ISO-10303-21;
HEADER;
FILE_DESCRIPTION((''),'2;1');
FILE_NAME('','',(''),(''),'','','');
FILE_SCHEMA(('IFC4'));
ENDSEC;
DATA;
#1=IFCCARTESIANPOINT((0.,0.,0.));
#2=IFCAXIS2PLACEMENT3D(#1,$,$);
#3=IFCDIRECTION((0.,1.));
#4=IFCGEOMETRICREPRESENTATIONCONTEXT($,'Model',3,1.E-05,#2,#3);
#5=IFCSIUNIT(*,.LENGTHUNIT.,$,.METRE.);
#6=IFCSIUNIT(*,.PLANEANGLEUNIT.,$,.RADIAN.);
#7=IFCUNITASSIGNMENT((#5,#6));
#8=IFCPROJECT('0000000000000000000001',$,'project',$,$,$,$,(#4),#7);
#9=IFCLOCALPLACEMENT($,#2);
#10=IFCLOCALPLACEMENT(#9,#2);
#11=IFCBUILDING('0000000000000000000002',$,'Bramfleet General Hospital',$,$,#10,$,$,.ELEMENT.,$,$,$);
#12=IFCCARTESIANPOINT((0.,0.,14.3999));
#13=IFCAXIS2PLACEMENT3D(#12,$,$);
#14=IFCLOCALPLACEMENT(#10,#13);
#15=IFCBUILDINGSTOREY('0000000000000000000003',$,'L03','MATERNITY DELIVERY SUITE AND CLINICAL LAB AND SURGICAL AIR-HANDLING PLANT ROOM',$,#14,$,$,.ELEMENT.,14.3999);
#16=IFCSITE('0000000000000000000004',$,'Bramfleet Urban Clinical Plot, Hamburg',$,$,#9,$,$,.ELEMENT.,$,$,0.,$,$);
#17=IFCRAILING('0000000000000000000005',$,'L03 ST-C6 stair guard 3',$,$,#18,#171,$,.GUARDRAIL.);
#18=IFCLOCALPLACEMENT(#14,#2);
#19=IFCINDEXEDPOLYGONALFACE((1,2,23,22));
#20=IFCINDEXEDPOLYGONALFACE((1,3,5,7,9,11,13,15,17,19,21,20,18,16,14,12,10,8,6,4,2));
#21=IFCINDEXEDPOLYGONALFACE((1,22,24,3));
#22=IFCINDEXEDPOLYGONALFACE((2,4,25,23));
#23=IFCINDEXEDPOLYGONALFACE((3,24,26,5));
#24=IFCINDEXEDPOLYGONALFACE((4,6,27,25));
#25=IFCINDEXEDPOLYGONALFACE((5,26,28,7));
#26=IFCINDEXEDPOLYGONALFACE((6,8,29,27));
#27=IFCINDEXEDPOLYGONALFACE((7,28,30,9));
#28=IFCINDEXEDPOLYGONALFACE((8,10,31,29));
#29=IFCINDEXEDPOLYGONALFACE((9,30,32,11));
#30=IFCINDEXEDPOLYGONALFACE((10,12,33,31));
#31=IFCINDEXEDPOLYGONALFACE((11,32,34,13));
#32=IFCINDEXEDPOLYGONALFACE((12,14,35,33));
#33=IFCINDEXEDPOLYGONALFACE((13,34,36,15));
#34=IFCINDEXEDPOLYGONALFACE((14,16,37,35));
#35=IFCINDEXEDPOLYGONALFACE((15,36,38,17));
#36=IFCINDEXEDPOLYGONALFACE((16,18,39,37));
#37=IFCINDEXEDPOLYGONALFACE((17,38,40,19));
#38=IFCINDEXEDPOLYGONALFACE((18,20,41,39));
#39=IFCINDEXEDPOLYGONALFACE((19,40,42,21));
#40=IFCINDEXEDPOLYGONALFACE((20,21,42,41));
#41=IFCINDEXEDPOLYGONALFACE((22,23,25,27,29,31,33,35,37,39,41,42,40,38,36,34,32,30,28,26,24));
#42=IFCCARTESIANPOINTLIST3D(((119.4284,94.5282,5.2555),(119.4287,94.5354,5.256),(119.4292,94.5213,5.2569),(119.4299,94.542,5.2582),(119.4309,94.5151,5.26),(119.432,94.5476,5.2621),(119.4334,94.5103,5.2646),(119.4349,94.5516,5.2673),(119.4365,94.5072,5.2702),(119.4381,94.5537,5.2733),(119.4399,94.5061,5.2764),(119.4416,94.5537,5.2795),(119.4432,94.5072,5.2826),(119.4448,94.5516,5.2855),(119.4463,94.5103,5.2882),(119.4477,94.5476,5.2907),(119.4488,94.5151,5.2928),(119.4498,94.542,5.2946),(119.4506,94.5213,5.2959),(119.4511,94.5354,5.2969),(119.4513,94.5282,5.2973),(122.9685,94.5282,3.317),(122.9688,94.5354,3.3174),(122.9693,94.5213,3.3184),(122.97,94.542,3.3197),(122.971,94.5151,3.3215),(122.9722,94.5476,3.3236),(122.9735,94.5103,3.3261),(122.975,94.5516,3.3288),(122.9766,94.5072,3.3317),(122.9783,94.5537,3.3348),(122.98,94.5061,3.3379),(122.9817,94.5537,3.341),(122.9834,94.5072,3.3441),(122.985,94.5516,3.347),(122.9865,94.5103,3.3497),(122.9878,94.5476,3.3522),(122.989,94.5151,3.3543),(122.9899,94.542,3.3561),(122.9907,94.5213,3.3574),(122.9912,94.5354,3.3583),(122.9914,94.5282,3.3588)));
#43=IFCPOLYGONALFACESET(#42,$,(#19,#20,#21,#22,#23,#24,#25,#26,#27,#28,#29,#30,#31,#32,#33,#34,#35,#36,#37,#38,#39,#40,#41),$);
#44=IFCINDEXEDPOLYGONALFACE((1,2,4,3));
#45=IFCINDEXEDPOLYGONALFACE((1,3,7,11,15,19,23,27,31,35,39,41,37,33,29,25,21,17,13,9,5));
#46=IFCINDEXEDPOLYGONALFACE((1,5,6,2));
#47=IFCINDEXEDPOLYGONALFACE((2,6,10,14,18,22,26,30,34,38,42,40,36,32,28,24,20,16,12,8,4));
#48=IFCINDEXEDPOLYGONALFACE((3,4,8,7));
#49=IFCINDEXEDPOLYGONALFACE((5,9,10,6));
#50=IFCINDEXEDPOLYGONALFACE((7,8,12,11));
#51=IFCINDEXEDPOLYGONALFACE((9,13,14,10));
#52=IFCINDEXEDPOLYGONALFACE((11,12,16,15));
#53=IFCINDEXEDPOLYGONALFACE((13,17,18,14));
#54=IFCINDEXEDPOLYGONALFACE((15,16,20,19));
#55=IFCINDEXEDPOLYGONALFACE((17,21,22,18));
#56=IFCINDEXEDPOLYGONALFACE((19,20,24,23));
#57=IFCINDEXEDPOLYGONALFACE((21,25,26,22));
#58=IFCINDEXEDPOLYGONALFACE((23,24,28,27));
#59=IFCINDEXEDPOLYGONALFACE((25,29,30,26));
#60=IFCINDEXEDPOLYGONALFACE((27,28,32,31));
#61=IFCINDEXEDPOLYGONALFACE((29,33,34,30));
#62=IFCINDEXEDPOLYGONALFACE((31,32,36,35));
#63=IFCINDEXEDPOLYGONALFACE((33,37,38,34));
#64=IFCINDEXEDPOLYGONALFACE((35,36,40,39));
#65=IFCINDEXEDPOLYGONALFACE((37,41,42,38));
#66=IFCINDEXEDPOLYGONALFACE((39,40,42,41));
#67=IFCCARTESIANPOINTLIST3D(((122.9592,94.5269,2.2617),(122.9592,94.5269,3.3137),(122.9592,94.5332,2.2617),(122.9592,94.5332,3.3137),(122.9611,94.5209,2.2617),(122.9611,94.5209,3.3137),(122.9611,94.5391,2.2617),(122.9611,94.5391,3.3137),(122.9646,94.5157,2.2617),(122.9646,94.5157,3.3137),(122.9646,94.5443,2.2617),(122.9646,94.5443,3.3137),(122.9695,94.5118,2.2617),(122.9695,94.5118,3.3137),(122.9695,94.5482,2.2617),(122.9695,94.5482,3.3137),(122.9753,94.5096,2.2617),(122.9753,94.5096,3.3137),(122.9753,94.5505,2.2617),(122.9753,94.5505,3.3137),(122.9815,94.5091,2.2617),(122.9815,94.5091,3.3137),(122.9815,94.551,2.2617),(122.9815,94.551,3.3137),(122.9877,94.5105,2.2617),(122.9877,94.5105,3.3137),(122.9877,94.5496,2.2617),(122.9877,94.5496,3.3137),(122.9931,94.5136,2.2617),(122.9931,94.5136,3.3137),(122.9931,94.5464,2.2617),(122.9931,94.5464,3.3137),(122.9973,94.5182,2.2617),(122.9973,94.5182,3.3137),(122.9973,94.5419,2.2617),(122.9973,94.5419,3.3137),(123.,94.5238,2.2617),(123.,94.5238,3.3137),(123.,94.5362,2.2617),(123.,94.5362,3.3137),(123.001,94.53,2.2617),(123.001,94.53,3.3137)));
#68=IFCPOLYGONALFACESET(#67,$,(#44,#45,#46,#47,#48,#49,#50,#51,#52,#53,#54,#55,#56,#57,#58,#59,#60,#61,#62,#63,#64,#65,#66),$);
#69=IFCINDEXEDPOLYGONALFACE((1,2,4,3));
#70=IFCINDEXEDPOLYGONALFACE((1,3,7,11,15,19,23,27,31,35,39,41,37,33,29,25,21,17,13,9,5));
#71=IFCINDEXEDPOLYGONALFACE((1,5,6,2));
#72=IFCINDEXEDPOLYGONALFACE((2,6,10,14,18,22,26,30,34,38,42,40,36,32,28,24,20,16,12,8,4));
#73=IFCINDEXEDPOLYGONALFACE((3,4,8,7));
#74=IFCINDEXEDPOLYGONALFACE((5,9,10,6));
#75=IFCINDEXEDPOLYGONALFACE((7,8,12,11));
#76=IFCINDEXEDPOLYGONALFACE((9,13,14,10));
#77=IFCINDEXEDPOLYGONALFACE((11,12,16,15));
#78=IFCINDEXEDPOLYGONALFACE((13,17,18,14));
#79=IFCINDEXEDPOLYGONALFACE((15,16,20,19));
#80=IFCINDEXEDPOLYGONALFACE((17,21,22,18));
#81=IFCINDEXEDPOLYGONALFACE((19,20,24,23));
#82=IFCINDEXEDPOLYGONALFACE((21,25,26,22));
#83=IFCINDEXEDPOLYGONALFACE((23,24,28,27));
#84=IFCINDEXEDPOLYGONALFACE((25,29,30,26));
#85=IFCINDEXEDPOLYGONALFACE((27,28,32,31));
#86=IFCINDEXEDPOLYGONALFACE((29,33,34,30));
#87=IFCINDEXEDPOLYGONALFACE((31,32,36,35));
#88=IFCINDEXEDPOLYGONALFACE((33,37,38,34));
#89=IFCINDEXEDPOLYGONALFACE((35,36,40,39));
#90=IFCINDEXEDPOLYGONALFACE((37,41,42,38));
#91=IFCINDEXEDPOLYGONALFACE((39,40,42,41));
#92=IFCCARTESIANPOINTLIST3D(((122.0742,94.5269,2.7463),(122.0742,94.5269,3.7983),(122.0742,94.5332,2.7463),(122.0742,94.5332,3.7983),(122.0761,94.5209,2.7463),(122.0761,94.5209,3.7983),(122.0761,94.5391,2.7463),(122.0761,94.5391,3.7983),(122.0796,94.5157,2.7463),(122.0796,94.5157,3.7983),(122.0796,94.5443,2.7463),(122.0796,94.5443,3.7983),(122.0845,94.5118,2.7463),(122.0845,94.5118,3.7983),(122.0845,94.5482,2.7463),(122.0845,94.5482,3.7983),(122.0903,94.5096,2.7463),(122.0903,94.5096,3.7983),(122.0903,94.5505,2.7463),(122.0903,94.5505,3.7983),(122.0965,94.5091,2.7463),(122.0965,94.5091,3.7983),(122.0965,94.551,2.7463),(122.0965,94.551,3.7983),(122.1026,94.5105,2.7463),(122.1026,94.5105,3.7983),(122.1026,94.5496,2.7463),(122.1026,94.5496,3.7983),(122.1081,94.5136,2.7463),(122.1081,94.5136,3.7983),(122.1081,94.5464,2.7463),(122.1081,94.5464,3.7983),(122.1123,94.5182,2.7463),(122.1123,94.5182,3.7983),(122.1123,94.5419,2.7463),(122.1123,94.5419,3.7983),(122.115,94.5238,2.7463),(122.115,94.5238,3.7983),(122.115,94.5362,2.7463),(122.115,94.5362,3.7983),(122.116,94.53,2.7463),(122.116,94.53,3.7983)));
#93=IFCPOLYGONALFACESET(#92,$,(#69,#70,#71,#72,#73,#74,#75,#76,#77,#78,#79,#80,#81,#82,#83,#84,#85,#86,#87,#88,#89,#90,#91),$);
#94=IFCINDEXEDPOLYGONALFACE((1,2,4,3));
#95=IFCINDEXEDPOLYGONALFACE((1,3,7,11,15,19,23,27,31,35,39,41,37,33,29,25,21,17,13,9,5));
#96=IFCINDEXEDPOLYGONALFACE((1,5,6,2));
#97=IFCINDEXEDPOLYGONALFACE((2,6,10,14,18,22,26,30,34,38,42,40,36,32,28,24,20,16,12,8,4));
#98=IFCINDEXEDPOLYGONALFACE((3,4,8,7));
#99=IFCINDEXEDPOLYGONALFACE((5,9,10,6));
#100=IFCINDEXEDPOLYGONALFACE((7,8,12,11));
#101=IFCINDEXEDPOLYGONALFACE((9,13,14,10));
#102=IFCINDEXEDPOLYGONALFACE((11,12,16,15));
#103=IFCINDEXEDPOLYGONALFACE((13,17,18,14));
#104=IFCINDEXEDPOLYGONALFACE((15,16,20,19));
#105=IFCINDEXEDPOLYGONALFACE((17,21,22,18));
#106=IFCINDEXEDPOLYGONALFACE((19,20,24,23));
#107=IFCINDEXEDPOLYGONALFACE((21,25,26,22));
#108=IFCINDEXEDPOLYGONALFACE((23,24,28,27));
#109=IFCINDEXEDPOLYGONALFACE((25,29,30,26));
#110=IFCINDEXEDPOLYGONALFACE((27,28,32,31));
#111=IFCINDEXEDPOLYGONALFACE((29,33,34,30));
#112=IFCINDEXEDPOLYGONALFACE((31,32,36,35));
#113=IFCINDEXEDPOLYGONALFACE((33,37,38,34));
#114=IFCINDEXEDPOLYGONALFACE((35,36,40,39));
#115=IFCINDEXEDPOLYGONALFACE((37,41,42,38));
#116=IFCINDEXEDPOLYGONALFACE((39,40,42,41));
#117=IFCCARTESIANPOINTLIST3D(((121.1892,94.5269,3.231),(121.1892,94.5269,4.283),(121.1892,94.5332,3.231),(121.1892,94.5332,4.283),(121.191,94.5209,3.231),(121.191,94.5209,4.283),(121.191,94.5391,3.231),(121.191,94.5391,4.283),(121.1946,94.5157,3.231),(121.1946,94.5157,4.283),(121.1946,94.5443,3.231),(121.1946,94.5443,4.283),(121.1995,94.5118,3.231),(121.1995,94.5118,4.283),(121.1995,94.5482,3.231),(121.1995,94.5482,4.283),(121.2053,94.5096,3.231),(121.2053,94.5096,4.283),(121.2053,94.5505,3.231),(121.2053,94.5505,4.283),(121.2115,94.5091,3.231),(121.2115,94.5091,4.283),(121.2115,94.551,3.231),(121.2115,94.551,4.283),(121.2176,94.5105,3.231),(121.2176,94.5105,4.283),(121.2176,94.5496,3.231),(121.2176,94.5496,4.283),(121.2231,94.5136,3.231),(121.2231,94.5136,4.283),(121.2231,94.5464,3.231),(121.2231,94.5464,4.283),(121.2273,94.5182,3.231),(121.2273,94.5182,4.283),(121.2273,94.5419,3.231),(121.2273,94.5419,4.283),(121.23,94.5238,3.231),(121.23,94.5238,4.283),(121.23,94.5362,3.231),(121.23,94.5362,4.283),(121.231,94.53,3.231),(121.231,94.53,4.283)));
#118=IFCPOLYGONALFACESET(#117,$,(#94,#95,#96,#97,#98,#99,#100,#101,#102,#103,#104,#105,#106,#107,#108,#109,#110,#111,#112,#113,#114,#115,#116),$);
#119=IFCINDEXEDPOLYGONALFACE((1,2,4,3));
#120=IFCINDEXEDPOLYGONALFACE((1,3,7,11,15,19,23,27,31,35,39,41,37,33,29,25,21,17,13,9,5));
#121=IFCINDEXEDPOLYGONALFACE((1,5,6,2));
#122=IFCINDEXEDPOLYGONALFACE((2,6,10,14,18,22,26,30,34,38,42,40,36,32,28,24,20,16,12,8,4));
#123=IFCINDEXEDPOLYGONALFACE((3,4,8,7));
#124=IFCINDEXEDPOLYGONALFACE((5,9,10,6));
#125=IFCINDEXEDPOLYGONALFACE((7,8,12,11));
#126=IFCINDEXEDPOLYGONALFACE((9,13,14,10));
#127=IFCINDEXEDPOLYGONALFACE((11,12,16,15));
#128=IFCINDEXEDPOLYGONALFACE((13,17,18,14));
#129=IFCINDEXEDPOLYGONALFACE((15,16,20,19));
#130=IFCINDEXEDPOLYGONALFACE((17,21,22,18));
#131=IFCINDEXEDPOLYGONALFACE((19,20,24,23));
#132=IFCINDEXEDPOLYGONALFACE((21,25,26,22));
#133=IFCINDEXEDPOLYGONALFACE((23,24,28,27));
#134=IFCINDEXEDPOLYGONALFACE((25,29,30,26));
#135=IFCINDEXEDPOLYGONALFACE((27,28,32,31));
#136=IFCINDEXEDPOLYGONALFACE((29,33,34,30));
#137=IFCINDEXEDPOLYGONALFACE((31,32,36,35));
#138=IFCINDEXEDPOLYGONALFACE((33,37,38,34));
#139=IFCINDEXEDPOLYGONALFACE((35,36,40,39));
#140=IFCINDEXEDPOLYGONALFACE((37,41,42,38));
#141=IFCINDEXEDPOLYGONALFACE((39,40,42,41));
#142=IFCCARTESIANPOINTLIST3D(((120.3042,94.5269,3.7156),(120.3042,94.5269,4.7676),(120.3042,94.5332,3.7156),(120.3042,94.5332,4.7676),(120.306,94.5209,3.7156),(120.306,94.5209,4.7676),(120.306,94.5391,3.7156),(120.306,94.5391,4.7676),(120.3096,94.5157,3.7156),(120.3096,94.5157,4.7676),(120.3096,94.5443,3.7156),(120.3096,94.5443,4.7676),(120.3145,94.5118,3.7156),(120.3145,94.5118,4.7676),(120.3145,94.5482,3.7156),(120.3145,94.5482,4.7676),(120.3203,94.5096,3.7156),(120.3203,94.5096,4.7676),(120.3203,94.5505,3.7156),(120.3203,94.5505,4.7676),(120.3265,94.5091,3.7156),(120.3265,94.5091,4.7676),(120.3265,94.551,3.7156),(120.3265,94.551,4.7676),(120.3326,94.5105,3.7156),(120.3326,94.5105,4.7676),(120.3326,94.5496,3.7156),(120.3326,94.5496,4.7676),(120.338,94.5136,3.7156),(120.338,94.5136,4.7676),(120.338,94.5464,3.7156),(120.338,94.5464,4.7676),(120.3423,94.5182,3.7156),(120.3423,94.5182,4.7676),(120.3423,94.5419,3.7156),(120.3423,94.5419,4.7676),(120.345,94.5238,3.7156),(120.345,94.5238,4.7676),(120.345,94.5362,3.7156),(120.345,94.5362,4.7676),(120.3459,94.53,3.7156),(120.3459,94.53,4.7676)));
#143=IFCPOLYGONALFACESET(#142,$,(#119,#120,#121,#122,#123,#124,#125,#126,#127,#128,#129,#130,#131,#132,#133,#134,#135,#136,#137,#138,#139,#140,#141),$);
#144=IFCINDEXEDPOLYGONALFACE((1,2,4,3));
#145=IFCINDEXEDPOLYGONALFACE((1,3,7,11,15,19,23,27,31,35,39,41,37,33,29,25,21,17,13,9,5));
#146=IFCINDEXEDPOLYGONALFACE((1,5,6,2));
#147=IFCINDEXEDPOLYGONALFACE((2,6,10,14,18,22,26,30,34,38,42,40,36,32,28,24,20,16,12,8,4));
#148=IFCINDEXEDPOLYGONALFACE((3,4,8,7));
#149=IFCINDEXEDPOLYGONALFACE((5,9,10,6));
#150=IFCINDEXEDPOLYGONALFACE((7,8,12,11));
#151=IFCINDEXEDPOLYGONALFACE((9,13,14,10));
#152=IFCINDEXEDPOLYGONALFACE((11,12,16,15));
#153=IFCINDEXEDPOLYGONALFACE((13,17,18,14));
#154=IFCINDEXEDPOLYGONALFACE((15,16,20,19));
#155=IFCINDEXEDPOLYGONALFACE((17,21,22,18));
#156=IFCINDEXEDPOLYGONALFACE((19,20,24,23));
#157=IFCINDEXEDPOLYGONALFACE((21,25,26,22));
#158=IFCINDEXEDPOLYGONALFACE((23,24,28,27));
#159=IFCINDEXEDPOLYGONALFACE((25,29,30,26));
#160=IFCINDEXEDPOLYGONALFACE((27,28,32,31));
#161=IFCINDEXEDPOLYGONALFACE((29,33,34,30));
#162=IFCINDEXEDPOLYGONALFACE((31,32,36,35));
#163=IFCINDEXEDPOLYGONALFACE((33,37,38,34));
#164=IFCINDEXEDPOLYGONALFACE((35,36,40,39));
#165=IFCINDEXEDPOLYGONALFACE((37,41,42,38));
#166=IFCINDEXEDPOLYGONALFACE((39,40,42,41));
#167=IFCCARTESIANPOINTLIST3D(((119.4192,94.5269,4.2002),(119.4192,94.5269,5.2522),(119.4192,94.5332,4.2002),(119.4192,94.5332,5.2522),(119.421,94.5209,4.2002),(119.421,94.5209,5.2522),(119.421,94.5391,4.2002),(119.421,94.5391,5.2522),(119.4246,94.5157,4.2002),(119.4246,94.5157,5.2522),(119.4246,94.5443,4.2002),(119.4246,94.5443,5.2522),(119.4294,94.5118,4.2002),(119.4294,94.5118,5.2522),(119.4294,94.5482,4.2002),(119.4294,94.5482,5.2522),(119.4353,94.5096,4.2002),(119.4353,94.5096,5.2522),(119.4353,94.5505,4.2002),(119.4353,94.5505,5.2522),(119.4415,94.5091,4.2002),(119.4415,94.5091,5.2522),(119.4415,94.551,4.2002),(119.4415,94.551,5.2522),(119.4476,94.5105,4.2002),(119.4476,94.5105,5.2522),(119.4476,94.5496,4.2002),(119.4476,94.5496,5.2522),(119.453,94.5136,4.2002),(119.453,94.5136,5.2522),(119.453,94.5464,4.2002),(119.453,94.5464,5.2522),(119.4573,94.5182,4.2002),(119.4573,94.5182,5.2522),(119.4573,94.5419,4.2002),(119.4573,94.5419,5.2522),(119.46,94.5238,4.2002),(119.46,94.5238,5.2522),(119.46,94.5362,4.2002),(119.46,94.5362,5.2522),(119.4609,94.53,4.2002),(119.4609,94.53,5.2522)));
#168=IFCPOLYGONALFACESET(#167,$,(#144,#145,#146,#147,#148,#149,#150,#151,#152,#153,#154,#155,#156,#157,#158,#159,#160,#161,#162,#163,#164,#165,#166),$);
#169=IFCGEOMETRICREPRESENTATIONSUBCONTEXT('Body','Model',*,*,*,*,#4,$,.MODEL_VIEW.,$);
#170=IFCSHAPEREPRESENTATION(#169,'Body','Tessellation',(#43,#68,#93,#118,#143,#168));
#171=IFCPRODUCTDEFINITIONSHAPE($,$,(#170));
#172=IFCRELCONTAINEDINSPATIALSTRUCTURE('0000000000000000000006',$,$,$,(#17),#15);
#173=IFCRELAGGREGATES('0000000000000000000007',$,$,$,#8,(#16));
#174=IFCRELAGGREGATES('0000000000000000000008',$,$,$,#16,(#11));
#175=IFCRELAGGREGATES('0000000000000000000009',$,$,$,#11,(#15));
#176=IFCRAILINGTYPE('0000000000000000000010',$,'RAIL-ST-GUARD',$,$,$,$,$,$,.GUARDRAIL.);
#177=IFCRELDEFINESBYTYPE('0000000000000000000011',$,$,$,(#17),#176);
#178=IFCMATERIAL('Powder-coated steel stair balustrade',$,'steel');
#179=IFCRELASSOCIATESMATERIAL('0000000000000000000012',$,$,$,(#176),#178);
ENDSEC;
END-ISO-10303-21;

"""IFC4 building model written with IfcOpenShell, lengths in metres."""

from ifc_helpers import new_model, si_unit, direction, frame, origin, origin_2d, place, context, subcontext, project, spatial, circle, extrude, material, type_object, element, save


model = new_model("IFC4")

# Units and contexts
model_context = context("Model", 3, precision=1e-05, world=origin(), true_north=direction((0.0, 1.0)))
body_context = subcontext(model_context, "Body", "Model", "MODEL_VIEW")
ifc_project = project(units=[si_unit("LENGTHUNIT", "METRE"), si_unit("PLANEANGLEUNIT", "RADIAN")], contexts=[model_context])

# Site, building, storey
site_placement = place(None, origin())
site = spatial("IfcSite", under=ifc_project, at=site_placement, Name="Bramfleet Urban Clinical Plot, Hamburg", CompositionType="ELEMENT", RefElevation=0.0)
building_placement = place(site_placement, origin())
building = spatial("IfcBuilding", under=site, at=building_placement, Name="Bramfleet General Hospital", CompositionType="ELEMENT")
storey_placement = place(building_placement, frame((0.0, 0.0, 14.3999)))
storey = spatial("IfcBuildingStorey", under=building, at=storey_placement, Name="L03", Description="MATERNITY DELIVERY SUITE AND CLINICAL LAB AND SURGICAL AIR-HANDLING PLANT ROOM", CompositionType="ELEMENT", Elevation=14.3999)

# Railing
ifc_material_1 = material(Name="Powder-coated steel stair balustrade", Category="steel")
railing_type_1 = type_object("IfcRailingType", Name="RAIL-ST-GUARD", PredefinedType="GUARDRAIL", material=ifc_material_1)
railing_1_placement = place(storey_placement, frame((122.98, 94.53, 2.2617)))
element("IfcRailing", 1, at=railing_1_placement, inside=storey, type_object=railing_type_1, Name="L03 ST-C6 stair guard 3", PredefinedType="GUARDRAIL", context=body_context, shape_type="SweptSolid", body=[
    extrude(circle(Radius=0.0239, at=origin_2d()), frame((0.0, 0.0, 1.0762), z_axis=(-0.877108, 0.0, 0.480292), x_axis=(0.0, -1.0, 0.0)), (0.0, 0.0, 1.0), 4.0361),
    extrude(circle(Radius=0.021, at=origin_2d()), origin(), (0.0, 0.0, 1.0), 1.052),
    extrude(circle(Radius=0.021, at=origin_2d()), frame((-0.885, 0.0, 0.4846)), (0.0, 0.0, 1.0), 1.052),
    extrude(circle(Radius=0.021, at=origin_2d()), frame((-1.77, 0.0, 0.9692)), (0.0, 0.0, 1.0), 1.052),
    extrude(circle(Radius=0.021, at=origin_2d()), frame((-2.655, 0.0, 1.4539)), (0.0, 0.0, 1.0), 1.052),
    extrude(circle(Radius=0.021, at=origin_2d()), frame((-3.54, 0.0, 1.9385)), (0.0, 0.0, 1.0), 1.052),
])

save(model, "model.ifc")
